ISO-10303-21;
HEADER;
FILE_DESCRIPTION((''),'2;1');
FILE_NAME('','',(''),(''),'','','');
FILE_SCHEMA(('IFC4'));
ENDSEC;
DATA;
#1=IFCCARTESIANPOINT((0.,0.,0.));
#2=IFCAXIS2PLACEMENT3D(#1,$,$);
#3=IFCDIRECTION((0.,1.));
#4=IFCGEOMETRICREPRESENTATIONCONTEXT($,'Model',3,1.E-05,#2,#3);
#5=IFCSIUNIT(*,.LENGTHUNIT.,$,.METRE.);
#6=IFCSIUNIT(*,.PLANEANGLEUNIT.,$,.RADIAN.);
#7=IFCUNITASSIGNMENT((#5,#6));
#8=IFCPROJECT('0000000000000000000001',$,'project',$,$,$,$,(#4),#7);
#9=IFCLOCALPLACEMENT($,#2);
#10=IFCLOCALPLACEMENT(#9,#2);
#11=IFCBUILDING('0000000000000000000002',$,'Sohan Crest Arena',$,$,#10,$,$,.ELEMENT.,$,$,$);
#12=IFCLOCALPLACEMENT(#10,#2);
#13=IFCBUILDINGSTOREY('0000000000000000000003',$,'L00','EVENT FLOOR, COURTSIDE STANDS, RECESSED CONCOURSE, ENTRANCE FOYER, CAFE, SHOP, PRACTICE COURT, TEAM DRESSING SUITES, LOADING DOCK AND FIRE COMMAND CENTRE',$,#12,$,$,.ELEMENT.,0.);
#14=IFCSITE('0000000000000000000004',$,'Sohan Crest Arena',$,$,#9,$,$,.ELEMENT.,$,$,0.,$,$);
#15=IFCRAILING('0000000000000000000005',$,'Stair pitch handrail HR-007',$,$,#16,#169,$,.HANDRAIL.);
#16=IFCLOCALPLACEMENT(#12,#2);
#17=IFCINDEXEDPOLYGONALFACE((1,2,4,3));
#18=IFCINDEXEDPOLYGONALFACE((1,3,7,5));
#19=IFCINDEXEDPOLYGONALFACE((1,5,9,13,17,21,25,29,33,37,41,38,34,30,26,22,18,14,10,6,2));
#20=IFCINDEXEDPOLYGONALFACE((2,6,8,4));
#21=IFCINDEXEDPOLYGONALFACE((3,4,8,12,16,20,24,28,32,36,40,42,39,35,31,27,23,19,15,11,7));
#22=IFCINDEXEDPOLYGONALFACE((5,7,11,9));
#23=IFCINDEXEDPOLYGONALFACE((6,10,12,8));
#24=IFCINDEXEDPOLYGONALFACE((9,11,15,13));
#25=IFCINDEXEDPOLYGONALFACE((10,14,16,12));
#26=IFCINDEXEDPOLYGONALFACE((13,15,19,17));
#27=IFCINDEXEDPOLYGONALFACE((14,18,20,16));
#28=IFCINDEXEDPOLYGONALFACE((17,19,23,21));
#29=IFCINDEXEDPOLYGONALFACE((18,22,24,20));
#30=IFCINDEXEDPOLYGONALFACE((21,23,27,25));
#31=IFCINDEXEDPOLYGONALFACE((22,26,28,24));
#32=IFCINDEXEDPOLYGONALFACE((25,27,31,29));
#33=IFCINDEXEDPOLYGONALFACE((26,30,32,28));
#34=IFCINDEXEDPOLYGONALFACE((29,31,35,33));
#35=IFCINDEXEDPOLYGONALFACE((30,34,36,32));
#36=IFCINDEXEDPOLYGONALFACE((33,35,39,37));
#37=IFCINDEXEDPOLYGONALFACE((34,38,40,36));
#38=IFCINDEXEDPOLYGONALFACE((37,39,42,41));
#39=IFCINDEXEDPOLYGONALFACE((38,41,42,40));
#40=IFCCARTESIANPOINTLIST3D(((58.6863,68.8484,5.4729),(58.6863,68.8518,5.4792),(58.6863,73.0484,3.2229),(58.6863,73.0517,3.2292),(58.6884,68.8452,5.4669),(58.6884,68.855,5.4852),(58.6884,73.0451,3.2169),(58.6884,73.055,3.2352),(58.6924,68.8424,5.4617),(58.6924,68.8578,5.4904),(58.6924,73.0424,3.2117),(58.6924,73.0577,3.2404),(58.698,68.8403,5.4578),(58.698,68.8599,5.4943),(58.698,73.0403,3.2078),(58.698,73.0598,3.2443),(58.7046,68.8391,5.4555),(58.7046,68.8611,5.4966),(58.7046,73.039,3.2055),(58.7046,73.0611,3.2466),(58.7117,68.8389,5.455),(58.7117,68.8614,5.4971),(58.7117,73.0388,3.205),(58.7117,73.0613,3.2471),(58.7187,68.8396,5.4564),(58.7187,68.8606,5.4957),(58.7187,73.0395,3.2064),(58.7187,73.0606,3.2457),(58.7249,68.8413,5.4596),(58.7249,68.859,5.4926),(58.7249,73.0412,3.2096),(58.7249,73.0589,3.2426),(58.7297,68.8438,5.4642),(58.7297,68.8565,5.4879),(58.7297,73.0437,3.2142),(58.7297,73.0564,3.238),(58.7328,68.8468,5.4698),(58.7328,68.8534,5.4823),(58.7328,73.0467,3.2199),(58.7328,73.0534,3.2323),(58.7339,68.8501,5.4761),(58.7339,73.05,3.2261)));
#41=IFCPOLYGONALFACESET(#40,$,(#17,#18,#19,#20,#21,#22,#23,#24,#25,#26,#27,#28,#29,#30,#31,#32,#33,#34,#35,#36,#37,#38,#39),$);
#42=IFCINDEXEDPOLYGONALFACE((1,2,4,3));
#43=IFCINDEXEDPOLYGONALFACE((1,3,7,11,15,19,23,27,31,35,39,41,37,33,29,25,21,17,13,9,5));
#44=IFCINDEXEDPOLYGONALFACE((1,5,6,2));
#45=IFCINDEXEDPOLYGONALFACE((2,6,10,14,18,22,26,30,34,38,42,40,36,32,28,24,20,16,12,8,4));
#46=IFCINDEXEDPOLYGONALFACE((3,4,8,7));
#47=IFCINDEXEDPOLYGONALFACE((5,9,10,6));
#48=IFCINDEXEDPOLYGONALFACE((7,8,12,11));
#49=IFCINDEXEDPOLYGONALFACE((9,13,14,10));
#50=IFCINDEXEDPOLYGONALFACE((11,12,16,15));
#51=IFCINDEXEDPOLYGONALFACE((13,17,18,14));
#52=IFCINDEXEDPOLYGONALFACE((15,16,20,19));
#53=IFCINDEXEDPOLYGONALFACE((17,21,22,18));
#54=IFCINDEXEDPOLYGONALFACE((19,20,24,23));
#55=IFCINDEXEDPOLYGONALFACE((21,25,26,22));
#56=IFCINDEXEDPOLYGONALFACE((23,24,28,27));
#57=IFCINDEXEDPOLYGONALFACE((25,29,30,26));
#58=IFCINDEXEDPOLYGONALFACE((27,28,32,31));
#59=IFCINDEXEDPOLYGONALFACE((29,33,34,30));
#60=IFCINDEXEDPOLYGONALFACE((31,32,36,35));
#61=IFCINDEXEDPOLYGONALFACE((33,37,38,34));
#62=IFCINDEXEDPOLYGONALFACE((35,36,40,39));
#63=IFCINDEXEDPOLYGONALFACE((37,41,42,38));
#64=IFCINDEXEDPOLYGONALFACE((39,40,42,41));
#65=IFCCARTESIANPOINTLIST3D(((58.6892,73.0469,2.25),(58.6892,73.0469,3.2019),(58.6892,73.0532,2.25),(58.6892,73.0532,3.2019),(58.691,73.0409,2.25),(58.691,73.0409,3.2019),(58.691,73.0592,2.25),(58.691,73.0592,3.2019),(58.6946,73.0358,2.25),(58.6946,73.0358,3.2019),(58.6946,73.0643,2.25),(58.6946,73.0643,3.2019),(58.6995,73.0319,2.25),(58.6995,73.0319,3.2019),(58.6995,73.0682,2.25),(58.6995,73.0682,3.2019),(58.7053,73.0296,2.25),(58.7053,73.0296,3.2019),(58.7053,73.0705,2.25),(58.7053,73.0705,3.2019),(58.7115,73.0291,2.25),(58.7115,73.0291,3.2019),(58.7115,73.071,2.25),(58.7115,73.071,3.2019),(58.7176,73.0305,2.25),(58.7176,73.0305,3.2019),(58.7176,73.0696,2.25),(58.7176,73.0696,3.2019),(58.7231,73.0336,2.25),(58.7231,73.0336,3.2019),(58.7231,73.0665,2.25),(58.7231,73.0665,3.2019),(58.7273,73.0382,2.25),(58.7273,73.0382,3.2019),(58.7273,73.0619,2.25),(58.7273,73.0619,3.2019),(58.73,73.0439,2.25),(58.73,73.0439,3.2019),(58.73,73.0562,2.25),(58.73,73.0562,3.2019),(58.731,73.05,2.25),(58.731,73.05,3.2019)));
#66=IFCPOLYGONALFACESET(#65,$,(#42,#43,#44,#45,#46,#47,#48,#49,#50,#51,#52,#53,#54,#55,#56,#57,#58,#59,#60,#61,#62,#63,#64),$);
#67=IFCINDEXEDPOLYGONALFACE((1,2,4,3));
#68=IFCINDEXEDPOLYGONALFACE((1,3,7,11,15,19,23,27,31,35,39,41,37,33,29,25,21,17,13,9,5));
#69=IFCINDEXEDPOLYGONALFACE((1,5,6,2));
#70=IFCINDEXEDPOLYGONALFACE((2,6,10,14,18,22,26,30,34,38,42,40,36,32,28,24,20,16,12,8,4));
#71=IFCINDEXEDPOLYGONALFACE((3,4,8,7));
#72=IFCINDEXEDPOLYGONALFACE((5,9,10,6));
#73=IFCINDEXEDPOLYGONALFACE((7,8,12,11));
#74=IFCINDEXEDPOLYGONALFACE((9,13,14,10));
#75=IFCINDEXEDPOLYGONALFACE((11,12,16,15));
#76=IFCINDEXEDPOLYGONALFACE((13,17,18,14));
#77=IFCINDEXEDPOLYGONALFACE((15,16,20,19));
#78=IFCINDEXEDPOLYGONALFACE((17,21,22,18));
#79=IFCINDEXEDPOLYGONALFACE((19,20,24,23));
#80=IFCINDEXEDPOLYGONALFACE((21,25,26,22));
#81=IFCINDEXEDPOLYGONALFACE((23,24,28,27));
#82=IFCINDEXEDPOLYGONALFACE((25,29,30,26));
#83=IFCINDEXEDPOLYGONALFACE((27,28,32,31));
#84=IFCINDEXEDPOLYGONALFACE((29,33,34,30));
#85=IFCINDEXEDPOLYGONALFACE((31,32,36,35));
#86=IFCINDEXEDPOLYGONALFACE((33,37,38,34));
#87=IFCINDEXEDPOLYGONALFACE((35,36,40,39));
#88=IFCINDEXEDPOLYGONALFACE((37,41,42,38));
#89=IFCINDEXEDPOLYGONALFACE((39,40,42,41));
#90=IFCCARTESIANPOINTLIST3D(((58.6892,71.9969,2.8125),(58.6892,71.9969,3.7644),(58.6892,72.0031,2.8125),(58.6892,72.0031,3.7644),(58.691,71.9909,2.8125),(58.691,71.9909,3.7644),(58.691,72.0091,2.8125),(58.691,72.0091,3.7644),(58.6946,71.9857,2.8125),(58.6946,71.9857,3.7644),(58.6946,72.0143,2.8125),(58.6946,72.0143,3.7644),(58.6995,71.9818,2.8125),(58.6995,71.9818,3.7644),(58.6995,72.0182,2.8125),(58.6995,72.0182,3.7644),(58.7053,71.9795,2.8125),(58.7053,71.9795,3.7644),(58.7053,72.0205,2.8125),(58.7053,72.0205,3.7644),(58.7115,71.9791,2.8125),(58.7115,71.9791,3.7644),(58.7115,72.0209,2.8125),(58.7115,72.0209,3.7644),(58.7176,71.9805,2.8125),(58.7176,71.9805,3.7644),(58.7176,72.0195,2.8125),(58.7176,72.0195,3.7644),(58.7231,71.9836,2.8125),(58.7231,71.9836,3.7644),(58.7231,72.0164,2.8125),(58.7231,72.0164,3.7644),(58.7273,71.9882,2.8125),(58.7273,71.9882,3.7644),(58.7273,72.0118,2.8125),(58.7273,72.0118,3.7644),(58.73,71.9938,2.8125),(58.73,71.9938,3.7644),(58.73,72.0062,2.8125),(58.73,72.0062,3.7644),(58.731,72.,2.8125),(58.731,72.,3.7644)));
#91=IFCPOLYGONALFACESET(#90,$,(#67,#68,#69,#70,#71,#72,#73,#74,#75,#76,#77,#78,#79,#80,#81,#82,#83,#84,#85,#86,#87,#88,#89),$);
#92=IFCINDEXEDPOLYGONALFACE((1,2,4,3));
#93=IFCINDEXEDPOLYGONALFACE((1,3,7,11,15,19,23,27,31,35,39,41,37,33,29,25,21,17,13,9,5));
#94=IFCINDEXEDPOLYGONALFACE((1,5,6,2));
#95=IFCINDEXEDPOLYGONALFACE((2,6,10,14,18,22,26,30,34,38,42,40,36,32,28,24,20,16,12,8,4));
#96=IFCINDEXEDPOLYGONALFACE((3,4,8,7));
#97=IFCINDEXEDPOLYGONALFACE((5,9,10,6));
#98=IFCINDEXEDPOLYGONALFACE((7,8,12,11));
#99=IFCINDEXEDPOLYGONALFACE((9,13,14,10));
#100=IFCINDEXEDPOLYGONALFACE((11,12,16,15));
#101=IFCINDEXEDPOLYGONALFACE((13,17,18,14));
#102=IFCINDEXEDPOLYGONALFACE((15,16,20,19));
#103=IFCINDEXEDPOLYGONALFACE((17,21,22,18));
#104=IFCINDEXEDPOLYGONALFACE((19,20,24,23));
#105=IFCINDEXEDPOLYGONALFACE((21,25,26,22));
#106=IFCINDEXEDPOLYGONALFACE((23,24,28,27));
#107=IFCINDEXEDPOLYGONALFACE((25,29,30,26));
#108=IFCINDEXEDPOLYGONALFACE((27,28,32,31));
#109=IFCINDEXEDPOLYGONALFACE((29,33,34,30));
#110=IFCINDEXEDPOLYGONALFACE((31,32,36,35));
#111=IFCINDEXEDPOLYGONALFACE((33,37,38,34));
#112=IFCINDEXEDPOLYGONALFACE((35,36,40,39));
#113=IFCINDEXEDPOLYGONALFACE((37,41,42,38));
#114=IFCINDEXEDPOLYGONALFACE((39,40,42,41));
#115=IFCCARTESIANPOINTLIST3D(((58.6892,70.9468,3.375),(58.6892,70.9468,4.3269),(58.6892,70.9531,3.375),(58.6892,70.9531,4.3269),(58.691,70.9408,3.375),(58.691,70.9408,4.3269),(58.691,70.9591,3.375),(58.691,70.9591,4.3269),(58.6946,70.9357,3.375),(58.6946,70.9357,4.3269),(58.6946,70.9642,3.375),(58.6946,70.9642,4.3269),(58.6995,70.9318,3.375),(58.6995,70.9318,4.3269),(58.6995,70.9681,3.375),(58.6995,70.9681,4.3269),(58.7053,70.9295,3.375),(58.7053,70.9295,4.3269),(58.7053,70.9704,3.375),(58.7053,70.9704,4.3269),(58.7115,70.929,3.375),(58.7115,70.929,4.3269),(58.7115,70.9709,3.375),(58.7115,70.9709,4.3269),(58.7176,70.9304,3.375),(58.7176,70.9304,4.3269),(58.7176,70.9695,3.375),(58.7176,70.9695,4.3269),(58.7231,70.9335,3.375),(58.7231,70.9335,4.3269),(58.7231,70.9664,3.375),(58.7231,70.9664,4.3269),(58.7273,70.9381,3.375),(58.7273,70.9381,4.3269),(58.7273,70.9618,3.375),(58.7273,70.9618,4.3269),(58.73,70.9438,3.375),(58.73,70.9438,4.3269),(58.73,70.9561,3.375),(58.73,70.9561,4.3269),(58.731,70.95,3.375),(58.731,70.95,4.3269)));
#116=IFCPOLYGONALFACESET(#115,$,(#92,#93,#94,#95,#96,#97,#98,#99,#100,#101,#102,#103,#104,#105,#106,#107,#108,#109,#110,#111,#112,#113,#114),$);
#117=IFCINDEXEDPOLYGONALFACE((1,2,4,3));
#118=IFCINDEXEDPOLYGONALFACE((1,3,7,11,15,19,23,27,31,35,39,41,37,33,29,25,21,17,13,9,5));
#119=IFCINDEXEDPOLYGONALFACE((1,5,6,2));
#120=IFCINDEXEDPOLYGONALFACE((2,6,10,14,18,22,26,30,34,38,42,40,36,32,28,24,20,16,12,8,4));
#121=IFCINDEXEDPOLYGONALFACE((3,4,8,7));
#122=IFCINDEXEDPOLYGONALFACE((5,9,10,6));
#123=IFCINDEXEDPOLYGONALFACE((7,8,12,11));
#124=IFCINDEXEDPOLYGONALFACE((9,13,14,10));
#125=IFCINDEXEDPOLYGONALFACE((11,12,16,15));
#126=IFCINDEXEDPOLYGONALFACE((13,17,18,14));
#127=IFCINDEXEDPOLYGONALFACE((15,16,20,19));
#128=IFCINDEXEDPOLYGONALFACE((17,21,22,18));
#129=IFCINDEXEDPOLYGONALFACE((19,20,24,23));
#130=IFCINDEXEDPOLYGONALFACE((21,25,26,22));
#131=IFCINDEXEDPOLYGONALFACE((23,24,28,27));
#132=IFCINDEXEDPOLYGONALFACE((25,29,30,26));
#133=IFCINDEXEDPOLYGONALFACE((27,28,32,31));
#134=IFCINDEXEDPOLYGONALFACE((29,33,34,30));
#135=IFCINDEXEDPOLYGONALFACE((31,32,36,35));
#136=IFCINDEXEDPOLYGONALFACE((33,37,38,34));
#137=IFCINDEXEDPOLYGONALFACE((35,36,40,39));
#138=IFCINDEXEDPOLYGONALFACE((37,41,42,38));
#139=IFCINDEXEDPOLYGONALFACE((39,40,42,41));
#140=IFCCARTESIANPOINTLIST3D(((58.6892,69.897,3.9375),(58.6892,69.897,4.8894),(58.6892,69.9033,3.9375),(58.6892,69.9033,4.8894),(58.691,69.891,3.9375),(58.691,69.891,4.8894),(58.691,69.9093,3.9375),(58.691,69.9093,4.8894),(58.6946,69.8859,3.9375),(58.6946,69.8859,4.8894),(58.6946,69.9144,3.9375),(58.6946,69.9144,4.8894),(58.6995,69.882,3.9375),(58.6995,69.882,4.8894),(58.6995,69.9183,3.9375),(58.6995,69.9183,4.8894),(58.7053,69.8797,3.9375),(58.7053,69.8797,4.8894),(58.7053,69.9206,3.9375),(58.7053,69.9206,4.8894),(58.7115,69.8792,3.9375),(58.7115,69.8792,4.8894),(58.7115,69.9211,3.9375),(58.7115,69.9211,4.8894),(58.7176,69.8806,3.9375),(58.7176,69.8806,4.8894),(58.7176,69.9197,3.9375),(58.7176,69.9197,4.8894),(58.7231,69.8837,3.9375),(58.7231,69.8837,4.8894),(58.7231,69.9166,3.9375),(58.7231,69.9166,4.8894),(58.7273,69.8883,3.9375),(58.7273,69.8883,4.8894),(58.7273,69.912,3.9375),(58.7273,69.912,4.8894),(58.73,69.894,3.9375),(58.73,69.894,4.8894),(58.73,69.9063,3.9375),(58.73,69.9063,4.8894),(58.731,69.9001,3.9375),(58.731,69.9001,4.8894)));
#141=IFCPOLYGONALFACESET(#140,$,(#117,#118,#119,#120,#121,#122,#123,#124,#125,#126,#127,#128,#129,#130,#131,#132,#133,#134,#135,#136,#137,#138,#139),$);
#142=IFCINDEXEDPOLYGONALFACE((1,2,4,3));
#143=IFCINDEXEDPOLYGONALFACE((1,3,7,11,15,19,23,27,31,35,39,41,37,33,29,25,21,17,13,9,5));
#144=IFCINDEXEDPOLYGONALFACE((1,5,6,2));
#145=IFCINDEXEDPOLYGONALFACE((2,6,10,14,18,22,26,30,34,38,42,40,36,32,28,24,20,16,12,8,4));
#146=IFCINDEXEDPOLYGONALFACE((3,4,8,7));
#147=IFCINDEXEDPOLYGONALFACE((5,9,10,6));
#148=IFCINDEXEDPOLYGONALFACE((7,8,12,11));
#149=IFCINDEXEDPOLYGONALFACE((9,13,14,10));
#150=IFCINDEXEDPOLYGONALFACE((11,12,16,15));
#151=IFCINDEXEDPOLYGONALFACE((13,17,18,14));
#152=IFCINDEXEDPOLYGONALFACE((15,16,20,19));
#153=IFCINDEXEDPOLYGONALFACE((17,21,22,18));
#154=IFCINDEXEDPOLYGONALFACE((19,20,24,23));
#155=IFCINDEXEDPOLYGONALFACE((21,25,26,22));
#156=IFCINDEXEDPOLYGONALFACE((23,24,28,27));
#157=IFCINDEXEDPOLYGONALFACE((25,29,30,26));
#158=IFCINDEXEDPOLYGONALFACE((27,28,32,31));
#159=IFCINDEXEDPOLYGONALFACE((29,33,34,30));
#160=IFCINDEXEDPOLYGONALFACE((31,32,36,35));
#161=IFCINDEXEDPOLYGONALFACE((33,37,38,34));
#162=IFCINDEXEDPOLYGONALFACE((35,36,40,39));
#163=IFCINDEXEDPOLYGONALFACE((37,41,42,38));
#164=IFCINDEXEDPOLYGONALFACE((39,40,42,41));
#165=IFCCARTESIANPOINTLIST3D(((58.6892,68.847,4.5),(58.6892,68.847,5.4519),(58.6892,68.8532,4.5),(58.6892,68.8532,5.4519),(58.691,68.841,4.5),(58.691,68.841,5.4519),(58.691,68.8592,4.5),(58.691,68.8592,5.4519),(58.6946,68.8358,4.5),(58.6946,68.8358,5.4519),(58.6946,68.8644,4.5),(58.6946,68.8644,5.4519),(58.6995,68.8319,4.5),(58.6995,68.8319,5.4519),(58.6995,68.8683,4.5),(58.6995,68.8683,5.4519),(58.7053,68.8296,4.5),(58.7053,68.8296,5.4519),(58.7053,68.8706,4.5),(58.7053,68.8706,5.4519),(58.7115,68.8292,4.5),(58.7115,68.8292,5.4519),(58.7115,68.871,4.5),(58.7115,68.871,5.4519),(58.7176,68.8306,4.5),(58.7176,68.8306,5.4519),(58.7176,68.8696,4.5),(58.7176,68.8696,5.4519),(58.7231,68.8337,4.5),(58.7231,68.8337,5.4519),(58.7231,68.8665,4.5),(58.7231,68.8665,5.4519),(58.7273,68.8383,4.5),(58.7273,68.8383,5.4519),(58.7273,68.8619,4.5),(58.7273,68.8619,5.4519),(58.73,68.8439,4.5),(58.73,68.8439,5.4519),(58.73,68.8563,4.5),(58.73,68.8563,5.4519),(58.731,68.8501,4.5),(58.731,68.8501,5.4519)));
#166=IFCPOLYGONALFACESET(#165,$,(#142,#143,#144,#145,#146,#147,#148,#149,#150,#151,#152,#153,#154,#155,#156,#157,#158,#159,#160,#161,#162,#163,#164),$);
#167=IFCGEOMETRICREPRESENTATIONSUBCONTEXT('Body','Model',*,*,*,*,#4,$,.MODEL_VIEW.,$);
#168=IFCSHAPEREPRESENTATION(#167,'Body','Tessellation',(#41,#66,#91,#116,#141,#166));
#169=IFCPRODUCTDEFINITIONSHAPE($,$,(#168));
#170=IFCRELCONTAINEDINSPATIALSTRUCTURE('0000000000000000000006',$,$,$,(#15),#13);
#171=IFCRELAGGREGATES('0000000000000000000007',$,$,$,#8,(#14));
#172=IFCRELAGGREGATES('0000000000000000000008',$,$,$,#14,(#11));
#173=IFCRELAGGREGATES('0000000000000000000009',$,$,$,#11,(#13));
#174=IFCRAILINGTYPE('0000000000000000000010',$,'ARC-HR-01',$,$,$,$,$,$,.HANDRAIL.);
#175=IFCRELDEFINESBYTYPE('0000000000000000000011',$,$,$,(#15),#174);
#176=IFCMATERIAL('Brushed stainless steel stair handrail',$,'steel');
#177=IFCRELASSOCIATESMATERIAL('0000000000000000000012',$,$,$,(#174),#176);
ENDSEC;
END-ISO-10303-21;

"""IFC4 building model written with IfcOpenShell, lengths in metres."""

from ifc_helpers import new_model, si_unit, direction, frame, origin, origin_2d, place, context, subcontext, project, spatial, circle, extrude, material, type_object, element, save


model = new_model("IFC4")

# Units and contexts
model_context = context("Model", 3, precision=1e-05, world=origin(), true_north=direction((0.0, 1.0)))
body_context = subcontext(model_context, "Body", "Model", "MODEL_VIEW")
ifc_project = project(units=[si_unit("LENGTHUNIT", "METRE"), si_unit("PLANEANGLEUNIT", "RADIAN")], contexts=[model_context])

# Site, building, storey
site_placement = place(None, origin())
site = spatial("IfcSite", under=ifc_project, at=site_placement, Name="Sohan Crest Arena", CompositionType="ELEMENT", RefElevation=0.0)
building_placement = place(site_placement, origin())
building = spatial("IfcBuilding", under=site, at=building_placement, Name="Sohan Crest Arena", CompositionType="ELEMENT")
storey_placement = place(building_placement, origin())
storey = spatial("IfcBuildingStorey", under=building, at=storey_placement, Name="L00", Description="EVENT FLOOR, COURTSIDE STANDS, RECESSED CONCOURSE, ENTRANCE FOYER, CAFE, SHOP, PRACTICE COURT, TEAM DRESSING SUITES, LOADING DOCK AND FIRE COMMAND CENTRE", CompositionType="ELEMENT", Elevation=0.0)

# Railing
ifc_material_1 = material(Name="Brushed stainless steel stair handrail", Category="steel")
railing_type_1 = type_object("IfcRailingType", Name="ARC-HR-01", PredefinedType="HANDRAIL", material=ifc_material_1)
for number, where, name in (
    (1, (58.71, 73.05, 2.25), "Stair pitch handrail HR-007"),
):
    element("IfcRailing", number, at=place(storey_placement, frame(where)), inside=storey, type_object=railing_type_1, Name=name, PredefinedType="HANDRAIL", context=body_context, shape_type="SweptSolid", body=[
        extrude(circle(Radius=0.0239, at=origin_2d()), frame((0.0, 0.0, 0.9761), z_axis=(0.0, -0.881478, 0.472226), x_axis=(1.0, 0.0, 0.0)), (0.0, 0.0, 1.0), 4.7646),
        extrude(circle(Radius=0.021, at=origin_2d()), origin(), (0.0, 0.0, 1.0), 0.9519),
        extrude(circle(Radius=0.021, at=origin_2d()), frame((0.0, -1.05, 0.5625)), (0.0, 0.0, 1.0), 0.9519),
        extrude(circle(Radius=0.021, at=origin_2d()), frame((0.0, -2.1001, 1.125)), (0.0, 0.0, 1.0), 0.9519),
        extrude(circle(Radius=0.021, at=origin_2d()), frame((0.0, -3.1499, 1.6875)), (0.0, 0.0, 1.0), 0.9519),
        extrude(circle(Radius=0.021, at=origin_2d()), frame((0.0, -4.2, 2.25)), (0.0, 0.0, 1.0), 0.9519),
    ])

save(model, "model.ifc")
